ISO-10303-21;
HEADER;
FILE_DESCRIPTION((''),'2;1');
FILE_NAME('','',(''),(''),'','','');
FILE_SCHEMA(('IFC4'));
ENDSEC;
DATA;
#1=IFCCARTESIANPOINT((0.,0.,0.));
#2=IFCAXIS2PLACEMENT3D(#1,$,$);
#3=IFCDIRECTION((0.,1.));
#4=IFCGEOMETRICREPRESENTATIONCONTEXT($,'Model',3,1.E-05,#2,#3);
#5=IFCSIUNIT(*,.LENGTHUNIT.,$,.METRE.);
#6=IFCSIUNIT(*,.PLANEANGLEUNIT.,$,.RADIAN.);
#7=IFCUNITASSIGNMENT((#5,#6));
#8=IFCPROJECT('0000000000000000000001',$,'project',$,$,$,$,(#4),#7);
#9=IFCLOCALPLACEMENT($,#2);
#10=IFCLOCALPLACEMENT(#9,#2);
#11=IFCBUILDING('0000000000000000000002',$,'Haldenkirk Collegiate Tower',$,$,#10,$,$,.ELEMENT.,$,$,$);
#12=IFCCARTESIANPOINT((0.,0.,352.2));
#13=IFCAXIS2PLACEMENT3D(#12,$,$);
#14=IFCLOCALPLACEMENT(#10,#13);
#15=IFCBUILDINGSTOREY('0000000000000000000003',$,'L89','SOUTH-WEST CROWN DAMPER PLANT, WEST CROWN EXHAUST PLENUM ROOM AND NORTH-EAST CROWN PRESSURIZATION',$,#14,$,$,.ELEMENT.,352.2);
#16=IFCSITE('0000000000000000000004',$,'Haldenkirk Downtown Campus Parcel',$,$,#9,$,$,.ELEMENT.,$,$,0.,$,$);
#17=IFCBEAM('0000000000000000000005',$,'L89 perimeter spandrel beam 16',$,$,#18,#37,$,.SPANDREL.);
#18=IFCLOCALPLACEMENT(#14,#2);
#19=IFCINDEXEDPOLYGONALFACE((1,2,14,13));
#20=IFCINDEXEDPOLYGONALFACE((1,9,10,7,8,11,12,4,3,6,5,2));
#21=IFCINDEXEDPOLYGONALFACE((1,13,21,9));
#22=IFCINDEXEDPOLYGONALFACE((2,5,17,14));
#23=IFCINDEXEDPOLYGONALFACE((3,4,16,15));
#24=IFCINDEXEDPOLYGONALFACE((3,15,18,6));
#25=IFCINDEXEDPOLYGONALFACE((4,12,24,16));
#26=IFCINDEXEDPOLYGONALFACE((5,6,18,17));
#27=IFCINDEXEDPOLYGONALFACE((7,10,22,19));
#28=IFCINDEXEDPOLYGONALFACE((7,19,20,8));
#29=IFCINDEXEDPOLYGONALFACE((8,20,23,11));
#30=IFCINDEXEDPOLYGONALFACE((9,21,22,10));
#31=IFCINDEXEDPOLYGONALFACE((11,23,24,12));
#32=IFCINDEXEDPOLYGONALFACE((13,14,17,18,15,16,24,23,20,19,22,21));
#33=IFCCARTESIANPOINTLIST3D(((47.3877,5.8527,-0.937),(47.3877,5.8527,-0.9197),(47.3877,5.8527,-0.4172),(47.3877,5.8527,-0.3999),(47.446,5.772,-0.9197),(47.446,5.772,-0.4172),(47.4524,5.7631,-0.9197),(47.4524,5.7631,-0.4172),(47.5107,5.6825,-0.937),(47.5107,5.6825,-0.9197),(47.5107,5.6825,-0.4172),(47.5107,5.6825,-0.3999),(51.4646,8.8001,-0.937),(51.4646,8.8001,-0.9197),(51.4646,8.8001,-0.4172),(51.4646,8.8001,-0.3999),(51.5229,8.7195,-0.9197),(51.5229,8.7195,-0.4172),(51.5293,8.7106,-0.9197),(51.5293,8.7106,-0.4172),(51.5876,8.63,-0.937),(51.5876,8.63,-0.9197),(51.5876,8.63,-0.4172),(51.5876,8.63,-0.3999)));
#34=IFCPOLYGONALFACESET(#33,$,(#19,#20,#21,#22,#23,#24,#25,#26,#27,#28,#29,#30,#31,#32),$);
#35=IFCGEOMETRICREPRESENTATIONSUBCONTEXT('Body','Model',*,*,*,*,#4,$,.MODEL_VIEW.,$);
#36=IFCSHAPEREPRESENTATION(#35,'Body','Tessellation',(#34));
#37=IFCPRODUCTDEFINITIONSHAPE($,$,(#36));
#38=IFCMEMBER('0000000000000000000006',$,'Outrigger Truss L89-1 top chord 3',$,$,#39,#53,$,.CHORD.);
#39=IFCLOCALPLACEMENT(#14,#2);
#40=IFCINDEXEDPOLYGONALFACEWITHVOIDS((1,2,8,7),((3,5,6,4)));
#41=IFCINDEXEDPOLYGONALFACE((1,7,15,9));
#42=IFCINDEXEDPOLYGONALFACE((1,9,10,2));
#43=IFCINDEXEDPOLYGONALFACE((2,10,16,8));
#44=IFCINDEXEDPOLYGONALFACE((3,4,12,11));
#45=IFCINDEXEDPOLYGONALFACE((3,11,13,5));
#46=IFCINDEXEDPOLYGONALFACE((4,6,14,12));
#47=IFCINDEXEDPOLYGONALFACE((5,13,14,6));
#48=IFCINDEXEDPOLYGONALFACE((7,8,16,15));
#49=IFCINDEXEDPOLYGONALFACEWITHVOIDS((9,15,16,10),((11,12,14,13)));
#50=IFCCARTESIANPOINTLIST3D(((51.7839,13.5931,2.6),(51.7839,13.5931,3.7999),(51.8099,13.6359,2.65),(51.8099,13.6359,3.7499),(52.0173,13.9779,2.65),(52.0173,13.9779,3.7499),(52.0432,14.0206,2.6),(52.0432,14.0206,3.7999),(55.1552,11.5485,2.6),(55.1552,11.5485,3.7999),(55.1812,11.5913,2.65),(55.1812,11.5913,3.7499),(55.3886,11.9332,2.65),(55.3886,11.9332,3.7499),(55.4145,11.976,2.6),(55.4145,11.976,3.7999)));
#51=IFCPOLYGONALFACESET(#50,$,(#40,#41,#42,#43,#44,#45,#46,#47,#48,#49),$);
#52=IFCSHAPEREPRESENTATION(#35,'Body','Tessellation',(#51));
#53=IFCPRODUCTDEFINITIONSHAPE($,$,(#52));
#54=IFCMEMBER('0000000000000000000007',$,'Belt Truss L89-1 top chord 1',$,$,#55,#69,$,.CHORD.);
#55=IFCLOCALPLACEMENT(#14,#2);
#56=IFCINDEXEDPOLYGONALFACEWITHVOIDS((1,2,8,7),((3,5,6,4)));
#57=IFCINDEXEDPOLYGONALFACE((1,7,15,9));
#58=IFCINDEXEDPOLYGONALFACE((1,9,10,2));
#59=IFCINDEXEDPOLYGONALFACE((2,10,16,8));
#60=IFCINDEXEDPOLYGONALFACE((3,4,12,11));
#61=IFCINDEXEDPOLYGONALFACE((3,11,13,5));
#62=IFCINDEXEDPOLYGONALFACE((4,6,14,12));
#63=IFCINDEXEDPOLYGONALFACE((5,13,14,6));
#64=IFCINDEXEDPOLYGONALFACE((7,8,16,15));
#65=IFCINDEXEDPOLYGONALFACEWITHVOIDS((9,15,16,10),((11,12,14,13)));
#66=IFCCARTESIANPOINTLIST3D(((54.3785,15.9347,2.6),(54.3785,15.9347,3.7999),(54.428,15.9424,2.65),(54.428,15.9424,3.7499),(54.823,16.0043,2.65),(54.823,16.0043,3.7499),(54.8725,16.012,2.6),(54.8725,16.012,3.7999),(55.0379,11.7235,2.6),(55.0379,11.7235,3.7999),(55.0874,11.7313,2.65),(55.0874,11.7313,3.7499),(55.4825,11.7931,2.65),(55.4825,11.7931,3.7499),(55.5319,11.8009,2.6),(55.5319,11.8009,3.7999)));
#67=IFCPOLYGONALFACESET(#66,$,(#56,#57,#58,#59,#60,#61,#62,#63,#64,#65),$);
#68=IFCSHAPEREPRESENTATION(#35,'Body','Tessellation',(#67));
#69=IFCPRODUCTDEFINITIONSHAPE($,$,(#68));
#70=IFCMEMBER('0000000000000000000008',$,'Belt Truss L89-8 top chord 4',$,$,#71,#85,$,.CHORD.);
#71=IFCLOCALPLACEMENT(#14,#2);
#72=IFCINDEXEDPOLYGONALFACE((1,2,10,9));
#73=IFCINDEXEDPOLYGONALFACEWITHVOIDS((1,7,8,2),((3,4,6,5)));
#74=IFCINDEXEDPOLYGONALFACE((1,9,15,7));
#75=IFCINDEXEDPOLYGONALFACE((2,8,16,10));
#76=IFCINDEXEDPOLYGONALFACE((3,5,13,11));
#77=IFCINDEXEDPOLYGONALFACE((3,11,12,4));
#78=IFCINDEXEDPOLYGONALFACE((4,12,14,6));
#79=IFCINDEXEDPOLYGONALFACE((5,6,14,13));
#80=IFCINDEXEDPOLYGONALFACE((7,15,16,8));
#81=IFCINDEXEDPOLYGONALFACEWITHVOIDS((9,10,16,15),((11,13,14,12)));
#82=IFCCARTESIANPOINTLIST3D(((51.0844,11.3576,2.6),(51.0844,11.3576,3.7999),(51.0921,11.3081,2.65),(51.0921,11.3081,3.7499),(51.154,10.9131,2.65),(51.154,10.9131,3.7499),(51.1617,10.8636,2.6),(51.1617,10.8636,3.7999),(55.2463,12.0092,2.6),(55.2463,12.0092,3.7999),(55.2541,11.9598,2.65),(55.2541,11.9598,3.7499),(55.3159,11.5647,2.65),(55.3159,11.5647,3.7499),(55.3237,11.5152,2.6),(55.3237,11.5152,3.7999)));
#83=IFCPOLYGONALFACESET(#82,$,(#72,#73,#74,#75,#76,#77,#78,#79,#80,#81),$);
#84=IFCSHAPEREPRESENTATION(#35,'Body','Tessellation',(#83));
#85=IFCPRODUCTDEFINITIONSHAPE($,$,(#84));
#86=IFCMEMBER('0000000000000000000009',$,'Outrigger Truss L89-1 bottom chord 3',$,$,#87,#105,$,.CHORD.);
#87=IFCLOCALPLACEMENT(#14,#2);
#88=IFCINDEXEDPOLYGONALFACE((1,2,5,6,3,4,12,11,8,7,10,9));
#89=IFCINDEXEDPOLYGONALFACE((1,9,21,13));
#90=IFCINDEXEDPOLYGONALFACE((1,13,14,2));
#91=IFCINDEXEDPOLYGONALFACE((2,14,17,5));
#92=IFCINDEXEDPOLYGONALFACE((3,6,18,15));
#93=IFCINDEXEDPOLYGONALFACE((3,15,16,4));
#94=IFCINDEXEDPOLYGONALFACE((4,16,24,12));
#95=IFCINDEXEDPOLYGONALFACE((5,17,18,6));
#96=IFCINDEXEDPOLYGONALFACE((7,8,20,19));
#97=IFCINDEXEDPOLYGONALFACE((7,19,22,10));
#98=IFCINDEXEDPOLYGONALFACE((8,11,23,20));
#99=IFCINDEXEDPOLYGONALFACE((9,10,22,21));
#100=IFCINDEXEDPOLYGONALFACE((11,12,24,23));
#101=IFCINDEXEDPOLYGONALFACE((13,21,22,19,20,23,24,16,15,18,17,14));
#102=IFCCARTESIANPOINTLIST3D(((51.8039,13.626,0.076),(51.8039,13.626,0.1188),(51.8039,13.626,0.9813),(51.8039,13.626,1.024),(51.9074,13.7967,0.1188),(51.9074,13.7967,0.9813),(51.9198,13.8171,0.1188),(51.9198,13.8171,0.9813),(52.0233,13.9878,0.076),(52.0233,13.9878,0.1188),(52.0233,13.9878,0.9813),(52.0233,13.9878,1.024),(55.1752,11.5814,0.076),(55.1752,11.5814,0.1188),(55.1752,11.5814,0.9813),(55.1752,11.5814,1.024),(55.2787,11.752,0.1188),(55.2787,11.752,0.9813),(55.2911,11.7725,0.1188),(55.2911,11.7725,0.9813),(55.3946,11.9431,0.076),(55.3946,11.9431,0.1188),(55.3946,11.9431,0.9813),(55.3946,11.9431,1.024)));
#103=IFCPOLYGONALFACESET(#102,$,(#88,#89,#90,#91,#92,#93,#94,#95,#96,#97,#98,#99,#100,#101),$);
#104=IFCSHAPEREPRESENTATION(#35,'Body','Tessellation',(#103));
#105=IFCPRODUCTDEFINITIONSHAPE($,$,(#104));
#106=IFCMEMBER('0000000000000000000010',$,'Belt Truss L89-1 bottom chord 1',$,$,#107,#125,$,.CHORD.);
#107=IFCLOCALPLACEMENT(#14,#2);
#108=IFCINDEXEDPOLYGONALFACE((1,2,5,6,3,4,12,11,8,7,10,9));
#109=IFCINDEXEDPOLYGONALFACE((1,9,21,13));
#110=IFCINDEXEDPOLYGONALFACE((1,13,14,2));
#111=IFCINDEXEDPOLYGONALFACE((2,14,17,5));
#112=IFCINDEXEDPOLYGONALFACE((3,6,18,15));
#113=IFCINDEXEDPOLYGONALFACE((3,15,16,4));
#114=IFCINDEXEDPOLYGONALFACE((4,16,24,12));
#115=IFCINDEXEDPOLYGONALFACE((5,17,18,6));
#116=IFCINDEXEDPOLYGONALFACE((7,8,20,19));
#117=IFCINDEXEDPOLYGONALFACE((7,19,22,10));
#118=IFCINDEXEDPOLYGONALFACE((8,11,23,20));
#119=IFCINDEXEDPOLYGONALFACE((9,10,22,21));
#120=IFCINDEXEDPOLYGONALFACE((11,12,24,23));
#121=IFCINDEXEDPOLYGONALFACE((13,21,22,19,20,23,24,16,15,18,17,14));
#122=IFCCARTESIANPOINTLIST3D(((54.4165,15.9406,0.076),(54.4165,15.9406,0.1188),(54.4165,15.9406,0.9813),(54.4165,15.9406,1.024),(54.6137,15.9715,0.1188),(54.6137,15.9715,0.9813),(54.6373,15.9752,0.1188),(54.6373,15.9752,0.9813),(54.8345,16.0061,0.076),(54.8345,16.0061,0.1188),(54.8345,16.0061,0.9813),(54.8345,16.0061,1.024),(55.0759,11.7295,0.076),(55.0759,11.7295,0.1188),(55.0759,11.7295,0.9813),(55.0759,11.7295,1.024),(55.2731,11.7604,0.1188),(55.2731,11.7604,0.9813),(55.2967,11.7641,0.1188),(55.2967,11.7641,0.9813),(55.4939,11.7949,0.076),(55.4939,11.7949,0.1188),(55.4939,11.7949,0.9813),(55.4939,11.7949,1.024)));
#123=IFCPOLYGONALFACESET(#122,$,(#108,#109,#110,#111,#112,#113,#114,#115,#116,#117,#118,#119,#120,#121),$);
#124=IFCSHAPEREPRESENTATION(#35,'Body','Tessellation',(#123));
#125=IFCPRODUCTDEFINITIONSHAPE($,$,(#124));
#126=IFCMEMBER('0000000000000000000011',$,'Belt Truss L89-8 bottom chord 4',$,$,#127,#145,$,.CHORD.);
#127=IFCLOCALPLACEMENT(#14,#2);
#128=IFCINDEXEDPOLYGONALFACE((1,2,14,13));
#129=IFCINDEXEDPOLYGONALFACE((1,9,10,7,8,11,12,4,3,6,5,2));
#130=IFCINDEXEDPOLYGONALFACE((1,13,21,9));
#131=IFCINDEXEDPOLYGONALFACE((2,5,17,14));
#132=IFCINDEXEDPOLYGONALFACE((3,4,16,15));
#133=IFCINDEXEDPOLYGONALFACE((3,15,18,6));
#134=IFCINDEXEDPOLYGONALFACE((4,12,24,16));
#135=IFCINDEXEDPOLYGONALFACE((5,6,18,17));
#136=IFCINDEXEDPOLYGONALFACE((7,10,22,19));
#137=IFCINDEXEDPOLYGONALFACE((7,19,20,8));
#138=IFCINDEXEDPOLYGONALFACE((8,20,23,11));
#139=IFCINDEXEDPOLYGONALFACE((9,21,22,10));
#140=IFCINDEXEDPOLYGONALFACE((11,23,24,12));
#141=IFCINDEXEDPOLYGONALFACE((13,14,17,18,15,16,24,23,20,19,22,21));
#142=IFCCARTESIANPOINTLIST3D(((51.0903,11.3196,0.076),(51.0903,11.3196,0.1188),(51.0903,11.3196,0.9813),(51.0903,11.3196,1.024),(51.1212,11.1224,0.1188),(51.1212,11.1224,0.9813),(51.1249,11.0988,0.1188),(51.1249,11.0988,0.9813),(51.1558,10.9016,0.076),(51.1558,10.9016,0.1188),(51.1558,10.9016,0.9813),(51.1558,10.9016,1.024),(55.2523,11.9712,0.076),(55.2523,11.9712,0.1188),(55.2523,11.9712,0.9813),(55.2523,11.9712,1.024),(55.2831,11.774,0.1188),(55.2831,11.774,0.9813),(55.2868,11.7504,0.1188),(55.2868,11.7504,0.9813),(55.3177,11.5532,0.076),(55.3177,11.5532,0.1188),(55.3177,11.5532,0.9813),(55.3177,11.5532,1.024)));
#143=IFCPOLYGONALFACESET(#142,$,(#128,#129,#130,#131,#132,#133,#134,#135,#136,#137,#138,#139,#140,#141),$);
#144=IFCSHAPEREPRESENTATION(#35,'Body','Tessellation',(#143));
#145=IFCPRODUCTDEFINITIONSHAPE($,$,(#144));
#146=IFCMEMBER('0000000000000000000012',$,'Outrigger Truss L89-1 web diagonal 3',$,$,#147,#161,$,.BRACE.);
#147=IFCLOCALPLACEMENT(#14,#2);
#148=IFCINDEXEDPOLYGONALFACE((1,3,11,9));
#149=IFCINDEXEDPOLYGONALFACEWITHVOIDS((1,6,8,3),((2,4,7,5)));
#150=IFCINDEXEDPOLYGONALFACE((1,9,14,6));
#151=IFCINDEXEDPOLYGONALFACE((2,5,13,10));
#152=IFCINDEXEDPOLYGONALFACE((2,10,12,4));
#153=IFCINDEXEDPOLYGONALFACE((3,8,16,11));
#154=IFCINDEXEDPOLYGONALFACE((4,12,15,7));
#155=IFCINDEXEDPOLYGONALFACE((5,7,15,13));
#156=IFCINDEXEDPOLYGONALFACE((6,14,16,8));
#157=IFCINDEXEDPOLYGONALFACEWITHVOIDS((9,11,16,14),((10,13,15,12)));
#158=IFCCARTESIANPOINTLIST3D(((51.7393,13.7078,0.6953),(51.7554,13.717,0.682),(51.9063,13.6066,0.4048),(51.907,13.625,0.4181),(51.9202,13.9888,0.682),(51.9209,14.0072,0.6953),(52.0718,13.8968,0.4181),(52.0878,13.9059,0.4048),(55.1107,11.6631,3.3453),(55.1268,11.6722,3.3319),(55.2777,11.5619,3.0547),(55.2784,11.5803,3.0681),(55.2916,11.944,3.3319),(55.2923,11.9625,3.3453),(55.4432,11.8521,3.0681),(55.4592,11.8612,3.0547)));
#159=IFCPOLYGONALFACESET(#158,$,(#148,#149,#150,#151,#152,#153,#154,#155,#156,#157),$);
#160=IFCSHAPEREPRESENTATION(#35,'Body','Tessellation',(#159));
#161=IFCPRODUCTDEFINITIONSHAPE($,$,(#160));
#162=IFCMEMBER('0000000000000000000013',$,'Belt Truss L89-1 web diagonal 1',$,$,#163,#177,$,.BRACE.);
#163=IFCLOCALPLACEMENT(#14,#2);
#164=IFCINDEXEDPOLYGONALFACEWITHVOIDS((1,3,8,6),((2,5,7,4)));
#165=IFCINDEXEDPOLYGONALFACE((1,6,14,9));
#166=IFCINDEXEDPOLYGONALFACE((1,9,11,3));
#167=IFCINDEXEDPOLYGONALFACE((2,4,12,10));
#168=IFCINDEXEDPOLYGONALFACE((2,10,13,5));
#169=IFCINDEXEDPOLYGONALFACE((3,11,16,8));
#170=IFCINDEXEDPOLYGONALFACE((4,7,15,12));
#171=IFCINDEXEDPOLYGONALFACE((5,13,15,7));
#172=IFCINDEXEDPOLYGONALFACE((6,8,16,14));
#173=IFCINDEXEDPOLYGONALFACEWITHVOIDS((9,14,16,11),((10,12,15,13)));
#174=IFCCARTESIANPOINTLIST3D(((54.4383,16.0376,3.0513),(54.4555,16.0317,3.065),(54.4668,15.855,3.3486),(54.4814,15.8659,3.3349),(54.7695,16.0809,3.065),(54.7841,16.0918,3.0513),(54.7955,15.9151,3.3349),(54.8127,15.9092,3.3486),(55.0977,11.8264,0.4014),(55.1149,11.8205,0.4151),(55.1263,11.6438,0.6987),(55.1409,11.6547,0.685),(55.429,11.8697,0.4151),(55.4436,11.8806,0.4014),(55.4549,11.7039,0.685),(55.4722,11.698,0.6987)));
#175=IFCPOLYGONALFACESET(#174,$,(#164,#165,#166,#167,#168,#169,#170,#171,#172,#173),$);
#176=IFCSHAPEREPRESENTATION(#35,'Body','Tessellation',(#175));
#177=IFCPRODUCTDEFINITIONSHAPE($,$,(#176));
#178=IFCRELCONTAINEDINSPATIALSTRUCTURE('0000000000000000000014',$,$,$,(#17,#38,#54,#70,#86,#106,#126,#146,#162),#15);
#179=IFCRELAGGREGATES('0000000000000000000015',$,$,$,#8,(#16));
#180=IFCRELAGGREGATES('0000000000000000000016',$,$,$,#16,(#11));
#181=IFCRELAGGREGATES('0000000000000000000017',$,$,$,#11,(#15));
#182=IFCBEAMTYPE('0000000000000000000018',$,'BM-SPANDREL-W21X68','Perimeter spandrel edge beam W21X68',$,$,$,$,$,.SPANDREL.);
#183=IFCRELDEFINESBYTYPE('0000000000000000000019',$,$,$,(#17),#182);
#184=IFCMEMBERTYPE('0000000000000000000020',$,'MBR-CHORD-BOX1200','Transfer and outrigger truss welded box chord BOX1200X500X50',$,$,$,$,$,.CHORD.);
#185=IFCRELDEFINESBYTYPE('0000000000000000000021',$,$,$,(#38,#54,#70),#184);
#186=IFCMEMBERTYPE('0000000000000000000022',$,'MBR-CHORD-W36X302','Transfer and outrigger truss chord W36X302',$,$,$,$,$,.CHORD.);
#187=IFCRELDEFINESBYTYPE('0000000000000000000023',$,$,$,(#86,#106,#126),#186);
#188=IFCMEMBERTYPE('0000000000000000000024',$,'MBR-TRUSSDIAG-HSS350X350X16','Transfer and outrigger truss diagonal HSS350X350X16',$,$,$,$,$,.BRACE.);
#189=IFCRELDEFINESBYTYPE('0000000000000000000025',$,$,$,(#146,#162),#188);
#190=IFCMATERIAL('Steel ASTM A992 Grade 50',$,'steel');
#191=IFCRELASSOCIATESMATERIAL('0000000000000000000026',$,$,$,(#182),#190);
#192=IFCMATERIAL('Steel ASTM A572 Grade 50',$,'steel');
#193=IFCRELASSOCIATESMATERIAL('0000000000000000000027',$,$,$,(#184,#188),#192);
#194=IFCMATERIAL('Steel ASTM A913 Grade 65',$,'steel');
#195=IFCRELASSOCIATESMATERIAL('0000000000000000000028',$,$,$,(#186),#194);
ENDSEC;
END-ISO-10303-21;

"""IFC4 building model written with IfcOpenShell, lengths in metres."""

from ifc_helpers import new_model, si_unit, direction, frame, origin, origin_2d, place, context, subcontext, project, spatial, hollow_rectangle, i_section, extrude, material, material_profile, profile_set, type_object, element, save


model = new_model("IFC4")

# Units and contexts
model_context = context("Model", 3, precision=1e-05, world=origin(), true_north=direction((0.0, 1.0)))
body_context = subcontext(model_context, "Body", "Model", "MODEL_VIEW")
ifc_project = project(units=[si_unit("LENGTHUNIT", "METRE"), si_unit("PLANEANGLEUNIT", "RADIAN")], contexts=[model_context])

# Site, building, storey
site_placement = place(None, origin())
site = spatial("IfcSite", under=ifc_project, at=site_placement, Name="Haldenkirk Downtown Campus Parcel", CompositionType="ELEMENT", RefElevation=0.0)
building_placement = place(site_placement, origin())
building = spatial("IfcBuilding", under=site, at=building_placement, Name="Haldenkirk Collegiate Tower", CompositionType="ELEMENT")
storey_placement = place(building_placement, frame((0.0, 0.0, 352.2)))
storey = spatial("IfcBuildingStorey", under=building, at=storey_placement, Name="L89", Description="SOUTH-WEST CROWN DAMPER PLANT, WEST CROWN EXHAUST PLENUM ROOM AND NORTH-EAST CROWN PRESSURIZATION", CompositionType="ELEMENT", Elevation=352.2)

# Shared definitions
ifc_material_1 = material(Name="Steel ASTM A913 Grade 65", Category="steel")
ifc_material_2 = material(Name="Steel ASTM A572 Grade 50", Category="steel")

# Beam
ifc_material_3 = material(Name="Steel ASTM A992 Grade 50", Category="steel")
ifc_material_profile_1 = material_profile(ifc_material_3, i_section(OverallWidth=0.21, OverallDepth=0.5371, WebThickness=0.011, FlangeThickness=0.0173, at=origin_2d()), Name="W21X68")
ifc_profile_set_1 = profile_set([ifc_material_profile_1], Name="Steel ASTM A992 Grade 50")
beam_type_1 = type_object("IfcBeamType", Name="BM-SPANDREL-W21X68", Description="Perimeter spandrel edge beam W21X68", PredefinedType="SPANDREL", material=ifc_profile_set_1)
beam_1_placement = place(storey_placement, frame((47.4492, 5.7676, -0.6685), z_axis=(0.810389, 0.585893, 0.0), x_axis=(-0.585893, 0.810389, 0.0)))
element("IfcBeam", 1, at=beam_1_placement, inside=storey, type_object=beam_type_1, Name="L89 perimeter spandrel beam 16", PredefinedType="SPANDREL", context=body_context, shape_type="SweptSolid", body=[
    extrude(i_section(OverallWidth=0.21, OverallDepth=0.5371, WebThickness=0.011, FlangeThickness=0.0173, at=origin_2d()), origin(), (0.0, 0.0, 1.0), 5.0308),
])

# Members
ifc_material_profile_2 = material_profile(ifc_material_2, hollow_rectangle(XDim=0.5, YDim=1.2, WallThickness=0.05, at=origin_2d()), Name="BOX1200X500X50")
ifc_profile_set_2 = profile_set([ifc_material_profile_2], Name="Steel ASTM A572 Grade 50")
member_type_1 = type_object("IfcMemberType", Name="MBR-CHORD-BOX1200", Description="Transfer and outrigger truss welded box chord BOX1200X500X50", PredefinedType="CHORD", material=ifc_profile_set_2)
member_1_placement = place(storey_placement, frame((51.9136, 13.8069, 3.2), z_axis=(0.855036, -0.518569, 0.0), x_axis=(0.518569, 0.855036, 0.0)))
element("IfcMember", 2, at=member_1_placement, inside=storey, type_object=member_type_1, Name="Outrigger Truss L89-1 top chord 3", PredefinedType="CHORD", context=body_context, shape_type="SweptSolid", body=[
    extrude(hollow_rectangle(XDim=0.5, YDim=1.2, WallThickness=0.05, at=origin_2d()), origin(), (0.0, 0.0, 1.0), 3.9429),
])
member_2_placement = place(storey_placement, frame((55.2849, 11.7622, 3.2), z_axis=(-0.154704, 0.987961, 0.0), x_axis=(-0.987961, -0.154704, 0.0)))
element("IfcMember", 3, at=member_2_placement, inside=storey, type_object=member_type_1, Name="Belt Truss L89-1 top chord 1", PredefinedType="CHORD", context=body_context, shape_type="SweptSolid", body=[
    extrude(hollow_rectangle(XDim=0.5, YDim=1.2, WallThickness=0.05, at=origin_2d()), origin(), (0.0, 0.0, 1.0), 4.2625),
])
member_3_placement = place(storey_placement, frame((51.123, 11.1106, 3.2), z_axis=(0.987964, 0.154683, 0.0), x_axis=(-0.154683, 0.987964, 0.0)))
element("IfcMember", 4, at=member_3_placement, inside=storey, type_object=member_type_1, Name="Belt Truss L89-8 top chord 4", PredefinedType="CHORD", context=body_context, shape_type="SweptSolid", body=[
    extrude(hollow_rectangle(XDim=0.5, YDim=1.2, WallThickness=0.05, at=origin_2d()), origin(), (0.0, 0.0, 1.0), 4.2126),
])
ifc_material_profile_3 = material_profile(ifc_material_1, i_section(OverallWidth=0.4231, OverallDepth=0.948, WebThickness=0.0239, FlangeThickness=0.0427, at=origin_2d()), Name="W36X302")
ifc_profile_set_3 = profile_set([ifc_material_profile_3], Name="Steel ASTM A913 Grade 65")
member_type_2 = type_object("IfcMemberType", Name="MBR-CHORD-W36X302", Description="Transfer and outrigger truss chord W36X302", PredefinedType="CHORD", material=ifc_profile_set_3)
member_4_placement = place(storey_placement, frame((51.9136, 13.8069, 0.55), z_axis=(0.855036, -0.518569, 0.0), x_axis=(0.518569, 0.855036, 0.0)))
element("IfcMember", 5, at=member_4_placement, inside=storey, type_object=member_type_2, Name="Outrigger Truss L89-1 bottom chord 3", PredefinedType="CHORD", context=body_context, shape_type="SweptSolid", body=[
    extrude(i_section(OverallWidth=0.4231, OverallDepth=0.948, WebThickness=0.0239, FlangeThickness=0.0427, at=origin_2d()), origin(), (0.0, 0.0, 1.0), 3.9429),
])
member_5_placement = place(storey_placement, frame((55.2849, 11.7622, 0.55), z_axis=(-0.154704, 0.987961, 0.0), x_axis=(-0.987961, -0.154704, 0.0)))
element("IfcMember", 6, at=member_5_placement, inside=storey, type_object=member_type_2, Name="Belt Truss L89-1 bottom chord 1", PredefinedType="CHORD", context=body_context, shape_type="SweptSolid", body=[
    extrude(i_section(OverallWidth=0.4231, OverallDepth=0.948, WebThickness=0.0239, FlangeThickness=0.0427, at=origin_2d()), origin(), (0.0, 0.0, 1.0), 4.2625),
])
member_6_placement = place(storey_placement, frame((51.123, 11.1106, 0.55), z_axis=(0.987964, 0.154683, 0.0), x_axis=(-0.154683, 0.987964, 0.0)))
element("IfcMember", 7, at=member_6_placement, inside=storey, type_object=member_type_2, Name="Belt Truss L89-8 bottom chord 4", PredefinedType="CHORD", context=body_context, shape_type="SweptSolid", body=[
    extrude(i_section(OverallWidth=0.4231, OverallDepth=0.948, WebThickness=0.0239, FlangeThickness=0.0427, at=origin_2d()), origin(), (0.0, 0.0, 1.0), 4.2126),
])
ifc_material_profile_4 = material_profile(ifc_material_2, hollow_rectangle(XDim=0.3501, YDim=0.3501, WallThickness=0.0161, at=origin_2d()), Name="HSS350X350X16")
ifc_profile_set_4 = profile_set([ifc_material_profile_4], Name="Steel ASTM A572 Grade 50")
member_type_3 = type_object("IfcMemberType", Name="MBR-TRUSSDIAG-HSS350X350X16", Description="Transfer and outrigger truss diagonal HSS350X350X16", PredefinedType="BRACE", material=ifc_profile_set_4)
member_7_placement = place(storey_placement, frame((51.9136, 13.8069, 0.55), z_axis=(0.709659, -0.4304, 0.557799), x_axis=(0.518569, 0.855036, 0.0)))
element("IfcMember", 8, at=member_7_placement, inside=storey, type_object=member_type_3, Name="Outrigger Truss L89-1 web diagonal 3", PredefinedType="BRACE", context=body_context, shape_type="SweptSolid", body=[
    extrude(hollow_rectangle(XDim=0.3501, YDim=0.3501, WallThickness=0.0161, at=origin_2d()), origin(), (0.0, 0.0, 1.0), 4.7507),
])
member_8_placement = place(storey_placement, frame((55.2849, 11.7622, 0.55), z_axis=(-0.131384, 0.839039, 0.527969), x_axis=(-0.987961, -0.154704, 0.0)))
element("IfcMember", 9, at=member_8_placement, inside=storey, type_object=member_type_3, Name="Belt Truss L89-1 web diagonal 1", PredefinedType="BRACE", context=body_context, shape_type="SweptSolid", body=[
    extrude(hollow_rectangle(XDim=0.3501, YDim=0.3501, WallThickness=0.0161, at=origin_2d()), origin(), (0.0, 0.0, 1.0), 5.019),
])

save(model, "model.ifc")
